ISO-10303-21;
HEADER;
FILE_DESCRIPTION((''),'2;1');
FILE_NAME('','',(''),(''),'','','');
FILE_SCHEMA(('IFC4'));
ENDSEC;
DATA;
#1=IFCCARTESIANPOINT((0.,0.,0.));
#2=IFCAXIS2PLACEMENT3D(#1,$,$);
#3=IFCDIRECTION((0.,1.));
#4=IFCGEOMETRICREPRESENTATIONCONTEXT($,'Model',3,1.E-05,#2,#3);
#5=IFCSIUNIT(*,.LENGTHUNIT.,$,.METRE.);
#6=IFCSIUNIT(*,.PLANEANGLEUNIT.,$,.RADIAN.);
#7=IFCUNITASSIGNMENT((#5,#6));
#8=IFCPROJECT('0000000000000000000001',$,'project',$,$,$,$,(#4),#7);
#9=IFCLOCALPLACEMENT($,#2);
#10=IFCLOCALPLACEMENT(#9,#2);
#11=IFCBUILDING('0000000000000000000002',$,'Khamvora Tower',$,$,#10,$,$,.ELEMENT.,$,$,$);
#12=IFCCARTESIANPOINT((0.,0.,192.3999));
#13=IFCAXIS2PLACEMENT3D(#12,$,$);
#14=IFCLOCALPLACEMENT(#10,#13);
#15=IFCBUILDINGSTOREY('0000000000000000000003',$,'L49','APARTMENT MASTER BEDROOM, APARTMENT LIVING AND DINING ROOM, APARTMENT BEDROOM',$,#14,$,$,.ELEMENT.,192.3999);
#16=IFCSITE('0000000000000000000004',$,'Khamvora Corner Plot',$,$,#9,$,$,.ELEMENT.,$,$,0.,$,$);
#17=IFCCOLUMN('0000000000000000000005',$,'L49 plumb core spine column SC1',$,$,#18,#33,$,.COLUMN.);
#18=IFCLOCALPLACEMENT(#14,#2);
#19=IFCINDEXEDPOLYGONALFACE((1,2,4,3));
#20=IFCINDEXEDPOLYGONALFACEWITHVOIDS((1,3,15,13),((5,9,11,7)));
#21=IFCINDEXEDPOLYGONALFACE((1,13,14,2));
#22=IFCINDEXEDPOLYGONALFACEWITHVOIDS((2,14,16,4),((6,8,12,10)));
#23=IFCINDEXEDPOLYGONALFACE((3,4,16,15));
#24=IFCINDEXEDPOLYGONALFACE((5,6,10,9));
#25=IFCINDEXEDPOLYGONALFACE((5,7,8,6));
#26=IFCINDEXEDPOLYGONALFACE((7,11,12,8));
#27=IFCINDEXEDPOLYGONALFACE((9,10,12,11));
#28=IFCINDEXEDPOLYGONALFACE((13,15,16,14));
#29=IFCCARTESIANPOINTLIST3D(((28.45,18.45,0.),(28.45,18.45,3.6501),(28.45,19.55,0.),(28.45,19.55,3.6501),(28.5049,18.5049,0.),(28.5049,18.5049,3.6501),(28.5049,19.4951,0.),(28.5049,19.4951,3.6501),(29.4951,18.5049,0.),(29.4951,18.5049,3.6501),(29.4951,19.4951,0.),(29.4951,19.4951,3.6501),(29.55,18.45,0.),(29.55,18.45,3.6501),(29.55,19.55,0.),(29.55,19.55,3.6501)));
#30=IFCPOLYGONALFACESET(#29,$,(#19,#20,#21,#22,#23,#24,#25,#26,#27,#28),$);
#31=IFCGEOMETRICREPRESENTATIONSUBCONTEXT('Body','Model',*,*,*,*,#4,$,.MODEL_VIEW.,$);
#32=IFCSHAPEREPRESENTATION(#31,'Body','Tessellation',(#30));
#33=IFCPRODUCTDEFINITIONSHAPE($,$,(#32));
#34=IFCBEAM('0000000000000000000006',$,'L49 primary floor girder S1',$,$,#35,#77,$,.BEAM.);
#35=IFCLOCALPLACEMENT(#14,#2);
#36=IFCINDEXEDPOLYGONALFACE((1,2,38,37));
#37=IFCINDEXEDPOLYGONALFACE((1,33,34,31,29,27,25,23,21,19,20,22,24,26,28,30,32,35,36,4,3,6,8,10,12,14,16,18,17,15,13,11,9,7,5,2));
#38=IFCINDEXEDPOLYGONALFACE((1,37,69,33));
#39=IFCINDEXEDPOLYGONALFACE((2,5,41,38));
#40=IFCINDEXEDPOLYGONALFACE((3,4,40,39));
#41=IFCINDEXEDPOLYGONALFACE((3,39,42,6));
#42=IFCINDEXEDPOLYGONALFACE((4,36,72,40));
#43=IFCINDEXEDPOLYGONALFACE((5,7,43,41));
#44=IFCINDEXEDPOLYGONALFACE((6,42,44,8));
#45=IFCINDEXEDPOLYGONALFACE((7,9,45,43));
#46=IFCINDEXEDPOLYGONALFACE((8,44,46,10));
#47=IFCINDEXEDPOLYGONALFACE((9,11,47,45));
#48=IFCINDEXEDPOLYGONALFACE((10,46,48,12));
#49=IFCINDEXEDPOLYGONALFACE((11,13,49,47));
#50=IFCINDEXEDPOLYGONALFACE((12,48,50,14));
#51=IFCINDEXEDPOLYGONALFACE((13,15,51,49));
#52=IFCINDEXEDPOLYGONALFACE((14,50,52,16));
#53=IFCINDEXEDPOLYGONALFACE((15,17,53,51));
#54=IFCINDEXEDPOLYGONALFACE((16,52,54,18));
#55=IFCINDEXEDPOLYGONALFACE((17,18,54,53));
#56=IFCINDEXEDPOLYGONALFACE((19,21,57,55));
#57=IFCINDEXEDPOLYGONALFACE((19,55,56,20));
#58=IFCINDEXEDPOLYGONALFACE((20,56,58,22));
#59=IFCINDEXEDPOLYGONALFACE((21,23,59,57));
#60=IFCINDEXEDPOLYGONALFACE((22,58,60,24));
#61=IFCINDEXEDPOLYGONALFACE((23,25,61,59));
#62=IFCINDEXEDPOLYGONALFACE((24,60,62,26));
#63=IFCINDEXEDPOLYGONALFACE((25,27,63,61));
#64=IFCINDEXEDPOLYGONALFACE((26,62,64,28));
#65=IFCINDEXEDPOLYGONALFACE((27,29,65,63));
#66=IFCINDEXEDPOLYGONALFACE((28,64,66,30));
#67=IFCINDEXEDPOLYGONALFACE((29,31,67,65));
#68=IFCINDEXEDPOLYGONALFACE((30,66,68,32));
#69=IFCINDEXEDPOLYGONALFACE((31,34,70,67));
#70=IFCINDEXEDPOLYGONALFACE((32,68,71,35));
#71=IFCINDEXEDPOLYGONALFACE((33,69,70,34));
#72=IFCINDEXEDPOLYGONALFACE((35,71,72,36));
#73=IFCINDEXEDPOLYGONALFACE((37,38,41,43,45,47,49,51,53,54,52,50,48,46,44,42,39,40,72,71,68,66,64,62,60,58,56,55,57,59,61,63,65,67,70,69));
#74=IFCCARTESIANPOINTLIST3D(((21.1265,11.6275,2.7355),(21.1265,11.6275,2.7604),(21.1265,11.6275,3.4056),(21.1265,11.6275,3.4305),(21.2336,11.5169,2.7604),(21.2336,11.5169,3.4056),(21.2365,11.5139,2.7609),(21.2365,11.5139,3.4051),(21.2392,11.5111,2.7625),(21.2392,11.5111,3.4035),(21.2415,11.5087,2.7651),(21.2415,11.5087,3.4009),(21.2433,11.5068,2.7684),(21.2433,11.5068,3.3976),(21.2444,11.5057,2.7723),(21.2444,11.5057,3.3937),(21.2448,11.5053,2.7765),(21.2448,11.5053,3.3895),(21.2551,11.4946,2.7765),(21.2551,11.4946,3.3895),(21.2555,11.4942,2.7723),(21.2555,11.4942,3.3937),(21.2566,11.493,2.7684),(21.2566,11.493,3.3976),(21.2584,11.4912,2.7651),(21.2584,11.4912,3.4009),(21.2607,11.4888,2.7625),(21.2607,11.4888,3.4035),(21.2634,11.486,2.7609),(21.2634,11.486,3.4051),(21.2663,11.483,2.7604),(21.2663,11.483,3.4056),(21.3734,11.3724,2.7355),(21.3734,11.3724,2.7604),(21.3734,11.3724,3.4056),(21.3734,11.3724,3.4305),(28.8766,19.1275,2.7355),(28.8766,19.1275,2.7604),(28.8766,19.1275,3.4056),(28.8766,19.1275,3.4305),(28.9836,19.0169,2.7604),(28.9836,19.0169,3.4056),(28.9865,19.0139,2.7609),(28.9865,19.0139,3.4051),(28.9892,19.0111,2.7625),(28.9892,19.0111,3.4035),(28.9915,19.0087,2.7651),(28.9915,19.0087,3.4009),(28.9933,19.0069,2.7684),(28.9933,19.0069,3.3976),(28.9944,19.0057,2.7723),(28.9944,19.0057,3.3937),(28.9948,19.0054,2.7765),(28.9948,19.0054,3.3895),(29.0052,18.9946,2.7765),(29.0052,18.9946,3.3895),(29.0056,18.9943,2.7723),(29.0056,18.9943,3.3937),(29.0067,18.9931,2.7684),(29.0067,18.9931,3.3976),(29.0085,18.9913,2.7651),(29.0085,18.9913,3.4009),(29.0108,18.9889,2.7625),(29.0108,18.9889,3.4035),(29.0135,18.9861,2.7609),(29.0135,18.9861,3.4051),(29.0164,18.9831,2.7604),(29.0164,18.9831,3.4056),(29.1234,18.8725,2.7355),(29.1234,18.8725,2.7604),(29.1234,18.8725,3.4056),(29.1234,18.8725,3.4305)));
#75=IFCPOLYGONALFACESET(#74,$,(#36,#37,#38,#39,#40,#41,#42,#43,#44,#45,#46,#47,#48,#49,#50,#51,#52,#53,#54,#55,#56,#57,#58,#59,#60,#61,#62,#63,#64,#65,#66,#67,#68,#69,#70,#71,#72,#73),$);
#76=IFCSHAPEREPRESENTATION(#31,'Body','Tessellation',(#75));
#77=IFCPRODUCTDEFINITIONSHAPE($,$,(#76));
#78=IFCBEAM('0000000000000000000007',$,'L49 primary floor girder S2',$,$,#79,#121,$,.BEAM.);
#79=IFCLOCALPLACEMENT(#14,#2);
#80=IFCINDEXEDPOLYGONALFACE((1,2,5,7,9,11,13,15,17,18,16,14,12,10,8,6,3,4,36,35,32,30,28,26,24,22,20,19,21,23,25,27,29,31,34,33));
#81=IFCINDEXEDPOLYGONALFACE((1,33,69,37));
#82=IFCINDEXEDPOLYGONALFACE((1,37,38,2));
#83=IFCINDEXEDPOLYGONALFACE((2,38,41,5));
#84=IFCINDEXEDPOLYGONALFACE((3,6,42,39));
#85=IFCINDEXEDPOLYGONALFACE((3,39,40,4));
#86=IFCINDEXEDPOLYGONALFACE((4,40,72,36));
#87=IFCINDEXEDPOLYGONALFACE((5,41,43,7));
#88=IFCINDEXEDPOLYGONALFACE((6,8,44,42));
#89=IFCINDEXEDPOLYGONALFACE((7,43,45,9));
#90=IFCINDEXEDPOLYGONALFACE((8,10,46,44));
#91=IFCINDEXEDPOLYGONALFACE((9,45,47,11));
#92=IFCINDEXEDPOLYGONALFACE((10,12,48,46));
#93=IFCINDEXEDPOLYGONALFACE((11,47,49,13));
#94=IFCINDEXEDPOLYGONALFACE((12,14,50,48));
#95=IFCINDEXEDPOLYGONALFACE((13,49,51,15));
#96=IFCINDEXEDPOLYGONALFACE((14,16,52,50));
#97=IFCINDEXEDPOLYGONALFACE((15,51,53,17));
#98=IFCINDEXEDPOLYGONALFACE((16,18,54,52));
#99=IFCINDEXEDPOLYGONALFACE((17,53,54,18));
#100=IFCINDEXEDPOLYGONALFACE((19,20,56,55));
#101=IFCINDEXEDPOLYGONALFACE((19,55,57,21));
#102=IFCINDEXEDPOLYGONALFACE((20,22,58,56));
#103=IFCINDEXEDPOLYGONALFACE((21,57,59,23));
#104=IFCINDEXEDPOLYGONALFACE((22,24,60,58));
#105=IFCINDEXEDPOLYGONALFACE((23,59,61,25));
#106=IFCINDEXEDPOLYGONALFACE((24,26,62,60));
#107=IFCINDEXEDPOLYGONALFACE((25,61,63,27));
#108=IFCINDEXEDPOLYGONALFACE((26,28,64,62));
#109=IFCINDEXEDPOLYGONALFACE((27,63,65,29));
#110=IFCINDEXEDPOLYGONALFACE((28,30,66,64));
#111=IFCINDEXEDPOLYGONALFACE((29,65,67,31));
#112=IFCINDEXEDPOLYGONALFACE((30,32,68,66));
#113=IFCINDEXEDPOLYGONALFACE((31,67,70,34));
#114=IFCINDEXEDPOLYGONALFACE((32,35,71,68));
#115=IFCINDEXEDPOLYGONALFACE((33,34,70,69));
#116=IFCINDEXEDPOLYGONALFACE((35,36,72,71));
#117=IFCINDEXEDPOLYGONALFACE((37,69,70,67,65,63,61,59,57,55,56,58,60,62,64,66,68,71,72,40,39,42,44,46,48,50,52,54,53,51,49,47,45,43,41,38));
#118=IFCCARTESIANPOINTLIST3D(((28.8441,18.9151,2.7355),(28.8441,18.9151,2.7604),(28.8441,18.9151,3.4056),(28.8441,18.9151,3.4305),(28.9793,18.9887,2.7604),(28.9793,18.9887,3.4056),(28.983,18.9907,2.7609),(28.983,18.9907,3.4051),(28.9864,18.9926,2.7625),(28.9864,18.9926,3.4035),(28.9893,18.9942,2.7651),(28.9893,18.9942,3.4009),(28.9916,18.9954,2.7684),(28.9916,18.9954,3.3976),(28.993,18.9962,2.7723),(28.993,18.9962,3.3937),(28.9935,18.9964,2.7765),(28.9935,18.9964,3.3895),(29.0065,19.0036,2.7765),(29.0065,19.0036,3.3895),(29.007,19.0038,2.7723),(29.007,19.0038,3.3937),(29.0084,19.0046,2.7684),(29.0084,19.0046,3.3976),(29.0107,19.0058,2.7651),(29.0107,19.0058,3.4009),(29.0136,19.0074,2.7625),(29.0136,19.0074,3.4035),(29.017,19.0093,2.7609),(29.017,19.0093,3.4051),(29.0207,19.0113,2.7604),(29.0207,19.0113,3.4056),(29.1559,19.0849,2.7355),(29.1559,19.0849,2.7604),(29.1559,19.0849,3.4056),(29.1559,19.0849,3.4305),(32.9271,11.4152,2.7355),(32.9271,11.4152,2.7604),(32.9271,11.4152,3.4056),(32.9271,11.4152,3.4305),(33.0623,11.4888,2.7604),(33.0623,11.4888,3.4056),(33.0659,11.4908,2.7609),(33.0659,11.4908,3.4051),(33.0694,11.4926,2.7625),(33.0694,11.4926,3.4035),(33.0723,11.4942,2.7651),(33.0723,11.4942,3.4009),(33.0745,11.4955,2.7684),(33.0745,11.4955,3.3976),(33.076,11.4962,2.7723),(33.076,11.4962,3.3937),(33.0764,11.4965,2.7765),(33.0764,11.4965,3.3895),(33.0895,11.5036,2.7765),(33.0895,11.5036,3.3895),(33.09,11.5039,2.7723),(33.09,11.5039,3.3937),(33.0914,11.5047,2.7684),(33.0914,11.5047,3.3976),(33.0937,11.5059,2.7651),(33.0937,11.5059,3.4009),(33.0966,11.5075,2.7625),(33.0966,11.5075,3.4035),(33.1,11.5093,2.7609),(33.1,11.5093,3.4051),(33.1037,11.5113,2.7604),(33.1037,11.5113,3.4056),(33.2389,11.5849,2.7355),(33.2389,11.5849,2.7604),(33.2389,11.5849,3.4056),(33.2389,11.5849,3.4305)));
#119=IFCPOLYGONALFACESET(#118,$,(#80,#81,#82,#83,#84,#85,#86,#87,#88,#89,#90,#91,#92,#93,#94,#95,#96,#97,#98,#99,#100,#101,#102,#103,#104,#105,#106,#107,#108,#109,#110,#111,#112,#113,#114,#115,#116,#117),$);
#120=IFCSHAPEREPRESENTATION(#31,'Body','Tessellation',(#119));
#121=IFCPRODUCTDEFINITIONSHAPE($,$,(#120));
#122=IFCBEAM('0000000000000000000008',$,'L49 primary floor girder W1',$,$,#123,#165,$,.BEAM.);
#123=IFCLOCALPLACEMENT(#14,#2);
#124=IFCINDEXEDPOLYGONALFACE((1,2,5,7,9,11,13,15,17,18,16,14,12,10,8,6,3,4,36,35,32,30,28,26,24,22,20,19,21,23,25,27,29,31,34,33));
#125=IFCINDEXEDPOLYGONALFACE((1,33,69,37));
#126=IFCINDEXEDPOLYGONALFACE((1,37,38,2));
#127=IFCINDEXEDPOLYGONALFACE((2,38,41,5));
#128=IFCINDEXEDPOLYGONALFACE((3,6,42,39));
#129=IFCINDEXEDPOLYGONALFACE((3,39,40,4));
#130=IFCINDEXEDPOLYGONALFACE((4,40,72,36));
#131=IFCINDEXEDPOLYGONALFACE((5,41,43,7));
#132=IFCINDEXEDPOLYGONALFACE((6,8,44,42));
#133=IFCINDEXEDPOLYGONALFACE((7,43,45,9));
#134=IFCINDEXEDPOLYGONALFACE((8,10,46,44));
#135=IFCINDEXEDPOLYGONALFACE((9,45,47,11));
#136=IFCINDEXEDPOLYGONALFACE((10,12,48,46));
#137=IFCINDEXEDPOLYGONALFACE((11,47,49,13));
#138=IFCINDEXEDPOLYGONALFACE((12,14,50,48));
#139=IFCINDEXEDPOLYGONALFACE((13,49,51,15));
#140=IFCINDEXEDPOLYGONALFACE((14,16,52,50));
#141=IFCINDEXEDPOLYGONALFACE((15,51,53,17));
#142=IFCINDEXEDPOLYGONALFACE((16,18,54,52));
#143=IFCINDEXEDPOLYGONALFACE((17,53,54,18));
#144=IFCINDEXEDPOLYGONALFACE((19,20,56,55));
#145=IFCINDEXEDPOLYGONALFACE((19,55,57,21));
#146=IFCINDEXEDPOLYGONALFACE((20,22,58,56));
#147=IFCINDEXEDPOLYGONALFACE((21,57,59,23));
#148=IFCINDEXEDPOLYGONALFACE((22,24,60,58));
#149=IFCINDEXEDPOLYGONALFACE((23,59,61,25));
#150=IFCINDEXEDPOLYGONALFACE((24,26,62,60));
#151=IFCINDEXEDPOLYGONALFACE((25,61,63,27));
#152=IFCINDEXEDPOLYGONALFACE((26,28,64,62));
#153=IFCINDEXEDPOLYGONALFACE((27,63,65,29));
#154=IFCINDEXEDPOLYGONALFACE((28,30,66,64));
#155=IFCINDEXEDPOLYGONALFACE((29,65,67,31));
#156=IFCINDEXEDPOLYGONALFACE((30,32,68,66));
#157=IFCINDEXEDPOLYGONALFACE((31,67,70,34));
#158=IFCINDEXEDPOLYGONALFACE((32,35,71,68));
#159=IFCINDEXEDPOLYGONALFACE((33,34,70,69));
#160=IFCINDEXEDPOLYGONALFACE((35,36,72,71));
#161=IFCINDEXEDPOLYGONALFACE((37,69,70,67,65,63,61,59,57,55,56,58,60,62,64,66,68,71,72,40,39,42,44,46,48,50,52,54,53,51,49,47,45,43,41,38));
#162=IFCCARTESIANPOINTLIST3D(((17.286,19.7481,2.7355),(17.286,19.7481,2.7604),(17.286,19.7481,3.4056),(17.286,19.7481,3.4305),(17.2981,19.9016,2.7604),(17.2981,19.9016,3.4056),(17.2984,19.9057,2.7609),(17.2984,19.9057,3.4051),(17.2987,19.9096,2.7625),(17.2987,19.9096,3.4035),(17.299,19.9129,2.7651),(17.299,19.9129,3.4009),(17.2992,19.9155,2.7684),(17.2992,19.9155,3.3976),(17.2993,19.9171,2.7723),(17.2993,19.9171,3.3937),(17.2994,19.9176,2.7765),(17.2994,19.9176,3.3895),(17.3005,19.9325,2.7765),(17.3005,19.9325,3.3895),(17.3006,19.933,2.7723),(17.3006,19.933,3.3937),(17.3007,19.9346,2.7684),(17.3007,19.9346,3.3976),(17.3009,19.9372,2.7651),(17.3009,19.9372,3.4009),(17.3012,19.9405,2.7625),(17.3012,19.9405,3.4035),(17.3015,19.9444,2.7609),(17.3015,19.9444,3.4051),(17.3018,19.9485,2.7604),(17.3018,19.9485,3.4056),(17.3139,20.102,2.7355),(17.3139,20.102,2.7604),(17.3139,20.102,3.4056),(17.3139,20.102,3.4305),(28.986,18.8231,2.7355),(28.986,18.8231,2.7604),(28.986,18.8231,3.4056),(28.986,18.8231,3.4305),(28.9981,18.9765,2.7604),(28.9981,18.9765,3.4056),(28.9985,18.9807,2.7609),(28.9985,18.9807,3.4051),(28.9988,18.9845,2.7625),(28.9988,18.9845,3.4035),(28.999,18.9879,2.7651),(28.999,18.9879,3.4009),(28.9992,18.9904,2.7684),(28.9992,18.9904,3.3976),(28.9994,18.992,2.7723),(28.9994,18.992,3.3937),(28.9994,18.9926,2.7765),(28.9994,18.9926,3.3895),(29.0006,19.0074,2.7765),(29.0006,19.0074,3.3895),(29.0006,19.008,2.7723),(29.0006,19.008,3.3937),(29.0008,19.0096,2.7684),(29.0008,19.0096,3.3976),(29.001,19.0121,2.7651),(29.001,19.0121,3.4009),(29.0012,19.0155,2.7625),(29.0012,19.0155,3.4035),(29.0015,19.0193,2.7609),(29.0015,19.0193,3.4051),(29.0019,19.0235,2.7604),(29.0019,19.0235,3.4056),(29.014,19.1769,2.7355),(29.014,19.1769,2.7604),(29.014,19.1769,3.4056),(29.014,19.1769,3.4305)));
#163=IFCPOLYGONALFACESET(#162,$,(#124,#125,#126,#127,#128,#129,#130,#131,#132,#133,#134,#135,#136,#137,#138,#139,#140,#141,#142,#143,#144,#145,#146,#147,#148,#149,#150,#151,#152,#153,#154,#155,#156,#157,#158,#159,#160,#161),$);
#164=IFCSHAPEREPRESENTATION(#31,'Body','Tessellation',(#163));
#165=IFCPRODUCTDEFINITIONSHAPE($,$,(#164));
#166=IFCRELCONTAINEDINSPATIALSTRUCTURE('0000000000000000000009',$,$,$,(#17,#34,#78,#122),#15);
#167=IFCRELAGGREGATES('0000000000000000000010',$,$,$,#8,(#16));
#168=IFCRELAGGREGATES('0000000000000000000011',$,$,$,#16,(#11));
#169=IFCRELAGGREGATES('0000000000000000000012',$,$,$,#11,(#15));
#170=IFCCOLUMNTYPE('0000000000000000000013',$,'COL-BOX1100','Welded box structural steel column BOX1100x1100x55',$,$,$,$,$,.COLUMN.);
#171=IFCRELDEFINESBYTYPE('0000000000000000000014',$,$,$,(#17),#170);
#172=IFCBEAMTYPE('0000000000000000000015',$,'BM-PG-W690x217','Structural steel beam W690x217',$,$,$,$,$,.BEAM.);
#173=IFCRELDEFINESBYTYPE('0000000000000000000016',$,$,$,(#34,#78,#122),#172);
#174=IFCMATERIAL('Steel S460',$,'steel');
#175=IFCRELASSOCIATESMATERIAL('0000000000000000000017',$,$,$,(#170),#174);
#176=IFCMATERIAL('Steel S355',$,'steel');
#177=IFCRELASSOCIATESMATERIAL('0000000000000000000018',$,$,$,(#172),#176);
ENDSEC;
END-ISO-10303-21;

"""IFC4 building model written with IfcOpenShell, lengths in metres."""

from ifc_helpers import new_model, si_unit, direction, frame, origin, origin_2d, place, context, subcontext, project, spatial, hollow_rectangle, i_section, extrude, material, material_profile, profile_set, type_object, element, save


model = new_model("IFC4")

# Units and contexts
model_context = context("Model", 3, precision=1e-05, world=origin(), true_north=direction((0.0, 1.0)))
body_context = subcontext(model_context, "Body", "Model", "MODEL_VIEW")
ifc_project = project(units=[si_unit("LENGTHUNIT", "METRE"), si_unit("PLANEANGLEUNIT", "RADIAN")], contexts=[model_context])

# Site, building, storey
site_placement = place(None, origin())
site = spatial("IfcSite", under=ifc_project, at=site_placement, Name="Khamvora Corner Plot", CompositionType="ELEMENT", RefElevation=0.0)
building_placement = place(site_placement, origin())
building = spatial("IfcBuilding", under=site, at=building_placement, Name="Khamvora Tower", CompositionType="ELEMENT")
storey_placement = place(building_placement, frame((0.0, 0.0, 192.3999)))
storey = spatial("IfcBuildingStorey", under=building, at=storey_placement, Name="L49", Description="APARTMENT MASTER BEDROOM, APARTMENT LIVING AND DINING ROOM, APARTMENT BEDROOM", CompositionType="ELEMENT", Elevation=192.3999)

# Column
ifc_material_1 = material(Name="Steel S460", Category="steel")
ifc_material_profile_1 = material_profile(ifc_material_1, hollow_rectangle(XDim=1.1001, YDim=1.1001, WallThickness=0.0549, at=origin_2d()), Name="BOX1100x1100x55")
ifc_profile_set_1 = profile_set([ifc_material_profile_1], Name="Steel S460")
column_type = type_object("IfcColumnType", Name="COL-BOX1100", Description="Welded box structural steel column BOX1100x1100x55", PredefinedType="COLUMN", material=ifc_profile_set_1)
column_placement = place(storey_placement, frame((29.0, 19.0, 0.0), z_axis=(0.0, 0.0, 1.0), x_axis=(1.0, 0.0, 0.0)))
element("IfcColumn", 1, at=column_placement, inside=storey, type_object=column_type, Name="L49 plumb core spine column SC1", PredefinedType="COLUMN", context=body_context, shape_type="SweptSolid", body=[
    extrude(hollow_rectangle(XDim=1.1001, YDim=1.1001, WallThickness=0.0549, at=origin_2d()), origin(), (0.0, 0.0, 1.0), 3.6501),
])

# Beams
ifc_material_2 = material(Name="Steel S355", Category="steel")
ifc_material_profile_2 = material_profile(ifc_material_2, i_section(OverallWidth=0.355, OverallDepth=0.6951, WebThickness=0.0149, FlangeThickness=0.0249, FilletRadius=0.0161, at=origin_2d()), Name="W690x217")
ifc_profile_set_2 = profile_set([ifc_material_profile_2], Name="Steel S355")
beam_type_1 = type_object("IfcBeamType", Name="BM-PG-W690x217", Description="Structural steel beam W690x217", PredefinedType="BEAM", material=ifc_profile_set_2)
beam_1_placement = place(storey_placement, frame((29.0, 19.0, 3.083), z_axis=(-0.718602, -0.695421, 0.0), x_axis=(0.695421, -0.718602, 0.0)))
element("IfcBeam", 2, at=beam_1_placement, inside=storey, type_object=beam_type_1, Name="L49 primary floor girder S1", PredefinedType="BEAM", context=body_context, shape_type="SweptSolid", body=[
    extrude(i_section(OverallWidth=0.355, OverallDepth=0.6951, WebThickness=0.0149, FlangeThickness=0.0249, FilletRadius=0.0161, at=origin_2d()), origin(), (0.0, 0.0, 1.0), 10.7849),
])
beam_2_placement = place(storey_placement, frame((29.0, 19.0, 3.083), z_axis=(0.478139, -0.878284, 0.0), x_axis=(0.878284, 0.478139, 0.0)))
element("IfcBeam", 3, at=beam_2_placement, inside=storey, type_object=beam_type_1, Name="L49 primary floor girder S2", PredefinedType="BEAM", context=body_context, shape_type="SweptSolid", body=[
    extrude(i_section(OverallWidth=0.355, OverallDepth=0.6951, WebThickness=0.0149, FlangeThickness=0.0249, FilletRadius=0.0161, at=origin_2d()), origin(), (0.0, 0.0, 1.0), 8.5393),
])
beam_3_placement = place(storey_placement, frame((29.0, 19.0, 3.083), z_axis=(-0.996889, 0.078818, 0.0), x_axis=(-0.078818, -0.996889, 0.0)))
element("IfcBeam", 4, at=beam_3_placement, inside=storey, type_object=beam_type_1, Name="L49 primary floor girder W1", PredefinedType="BEAM", context=body_context, shape_type="SweptSolid", body=[
    extrude(i_section(OverallWidth=0.355, OverallDepth=0.6951, WebThickness=0.0149, FlangeThickness=0.0249, FilletRadius=0.0161, at=origin_2d()), origin(), (0.0, 0.0, 1.0), 11.7366),
])

save(model, "model.ifc")
